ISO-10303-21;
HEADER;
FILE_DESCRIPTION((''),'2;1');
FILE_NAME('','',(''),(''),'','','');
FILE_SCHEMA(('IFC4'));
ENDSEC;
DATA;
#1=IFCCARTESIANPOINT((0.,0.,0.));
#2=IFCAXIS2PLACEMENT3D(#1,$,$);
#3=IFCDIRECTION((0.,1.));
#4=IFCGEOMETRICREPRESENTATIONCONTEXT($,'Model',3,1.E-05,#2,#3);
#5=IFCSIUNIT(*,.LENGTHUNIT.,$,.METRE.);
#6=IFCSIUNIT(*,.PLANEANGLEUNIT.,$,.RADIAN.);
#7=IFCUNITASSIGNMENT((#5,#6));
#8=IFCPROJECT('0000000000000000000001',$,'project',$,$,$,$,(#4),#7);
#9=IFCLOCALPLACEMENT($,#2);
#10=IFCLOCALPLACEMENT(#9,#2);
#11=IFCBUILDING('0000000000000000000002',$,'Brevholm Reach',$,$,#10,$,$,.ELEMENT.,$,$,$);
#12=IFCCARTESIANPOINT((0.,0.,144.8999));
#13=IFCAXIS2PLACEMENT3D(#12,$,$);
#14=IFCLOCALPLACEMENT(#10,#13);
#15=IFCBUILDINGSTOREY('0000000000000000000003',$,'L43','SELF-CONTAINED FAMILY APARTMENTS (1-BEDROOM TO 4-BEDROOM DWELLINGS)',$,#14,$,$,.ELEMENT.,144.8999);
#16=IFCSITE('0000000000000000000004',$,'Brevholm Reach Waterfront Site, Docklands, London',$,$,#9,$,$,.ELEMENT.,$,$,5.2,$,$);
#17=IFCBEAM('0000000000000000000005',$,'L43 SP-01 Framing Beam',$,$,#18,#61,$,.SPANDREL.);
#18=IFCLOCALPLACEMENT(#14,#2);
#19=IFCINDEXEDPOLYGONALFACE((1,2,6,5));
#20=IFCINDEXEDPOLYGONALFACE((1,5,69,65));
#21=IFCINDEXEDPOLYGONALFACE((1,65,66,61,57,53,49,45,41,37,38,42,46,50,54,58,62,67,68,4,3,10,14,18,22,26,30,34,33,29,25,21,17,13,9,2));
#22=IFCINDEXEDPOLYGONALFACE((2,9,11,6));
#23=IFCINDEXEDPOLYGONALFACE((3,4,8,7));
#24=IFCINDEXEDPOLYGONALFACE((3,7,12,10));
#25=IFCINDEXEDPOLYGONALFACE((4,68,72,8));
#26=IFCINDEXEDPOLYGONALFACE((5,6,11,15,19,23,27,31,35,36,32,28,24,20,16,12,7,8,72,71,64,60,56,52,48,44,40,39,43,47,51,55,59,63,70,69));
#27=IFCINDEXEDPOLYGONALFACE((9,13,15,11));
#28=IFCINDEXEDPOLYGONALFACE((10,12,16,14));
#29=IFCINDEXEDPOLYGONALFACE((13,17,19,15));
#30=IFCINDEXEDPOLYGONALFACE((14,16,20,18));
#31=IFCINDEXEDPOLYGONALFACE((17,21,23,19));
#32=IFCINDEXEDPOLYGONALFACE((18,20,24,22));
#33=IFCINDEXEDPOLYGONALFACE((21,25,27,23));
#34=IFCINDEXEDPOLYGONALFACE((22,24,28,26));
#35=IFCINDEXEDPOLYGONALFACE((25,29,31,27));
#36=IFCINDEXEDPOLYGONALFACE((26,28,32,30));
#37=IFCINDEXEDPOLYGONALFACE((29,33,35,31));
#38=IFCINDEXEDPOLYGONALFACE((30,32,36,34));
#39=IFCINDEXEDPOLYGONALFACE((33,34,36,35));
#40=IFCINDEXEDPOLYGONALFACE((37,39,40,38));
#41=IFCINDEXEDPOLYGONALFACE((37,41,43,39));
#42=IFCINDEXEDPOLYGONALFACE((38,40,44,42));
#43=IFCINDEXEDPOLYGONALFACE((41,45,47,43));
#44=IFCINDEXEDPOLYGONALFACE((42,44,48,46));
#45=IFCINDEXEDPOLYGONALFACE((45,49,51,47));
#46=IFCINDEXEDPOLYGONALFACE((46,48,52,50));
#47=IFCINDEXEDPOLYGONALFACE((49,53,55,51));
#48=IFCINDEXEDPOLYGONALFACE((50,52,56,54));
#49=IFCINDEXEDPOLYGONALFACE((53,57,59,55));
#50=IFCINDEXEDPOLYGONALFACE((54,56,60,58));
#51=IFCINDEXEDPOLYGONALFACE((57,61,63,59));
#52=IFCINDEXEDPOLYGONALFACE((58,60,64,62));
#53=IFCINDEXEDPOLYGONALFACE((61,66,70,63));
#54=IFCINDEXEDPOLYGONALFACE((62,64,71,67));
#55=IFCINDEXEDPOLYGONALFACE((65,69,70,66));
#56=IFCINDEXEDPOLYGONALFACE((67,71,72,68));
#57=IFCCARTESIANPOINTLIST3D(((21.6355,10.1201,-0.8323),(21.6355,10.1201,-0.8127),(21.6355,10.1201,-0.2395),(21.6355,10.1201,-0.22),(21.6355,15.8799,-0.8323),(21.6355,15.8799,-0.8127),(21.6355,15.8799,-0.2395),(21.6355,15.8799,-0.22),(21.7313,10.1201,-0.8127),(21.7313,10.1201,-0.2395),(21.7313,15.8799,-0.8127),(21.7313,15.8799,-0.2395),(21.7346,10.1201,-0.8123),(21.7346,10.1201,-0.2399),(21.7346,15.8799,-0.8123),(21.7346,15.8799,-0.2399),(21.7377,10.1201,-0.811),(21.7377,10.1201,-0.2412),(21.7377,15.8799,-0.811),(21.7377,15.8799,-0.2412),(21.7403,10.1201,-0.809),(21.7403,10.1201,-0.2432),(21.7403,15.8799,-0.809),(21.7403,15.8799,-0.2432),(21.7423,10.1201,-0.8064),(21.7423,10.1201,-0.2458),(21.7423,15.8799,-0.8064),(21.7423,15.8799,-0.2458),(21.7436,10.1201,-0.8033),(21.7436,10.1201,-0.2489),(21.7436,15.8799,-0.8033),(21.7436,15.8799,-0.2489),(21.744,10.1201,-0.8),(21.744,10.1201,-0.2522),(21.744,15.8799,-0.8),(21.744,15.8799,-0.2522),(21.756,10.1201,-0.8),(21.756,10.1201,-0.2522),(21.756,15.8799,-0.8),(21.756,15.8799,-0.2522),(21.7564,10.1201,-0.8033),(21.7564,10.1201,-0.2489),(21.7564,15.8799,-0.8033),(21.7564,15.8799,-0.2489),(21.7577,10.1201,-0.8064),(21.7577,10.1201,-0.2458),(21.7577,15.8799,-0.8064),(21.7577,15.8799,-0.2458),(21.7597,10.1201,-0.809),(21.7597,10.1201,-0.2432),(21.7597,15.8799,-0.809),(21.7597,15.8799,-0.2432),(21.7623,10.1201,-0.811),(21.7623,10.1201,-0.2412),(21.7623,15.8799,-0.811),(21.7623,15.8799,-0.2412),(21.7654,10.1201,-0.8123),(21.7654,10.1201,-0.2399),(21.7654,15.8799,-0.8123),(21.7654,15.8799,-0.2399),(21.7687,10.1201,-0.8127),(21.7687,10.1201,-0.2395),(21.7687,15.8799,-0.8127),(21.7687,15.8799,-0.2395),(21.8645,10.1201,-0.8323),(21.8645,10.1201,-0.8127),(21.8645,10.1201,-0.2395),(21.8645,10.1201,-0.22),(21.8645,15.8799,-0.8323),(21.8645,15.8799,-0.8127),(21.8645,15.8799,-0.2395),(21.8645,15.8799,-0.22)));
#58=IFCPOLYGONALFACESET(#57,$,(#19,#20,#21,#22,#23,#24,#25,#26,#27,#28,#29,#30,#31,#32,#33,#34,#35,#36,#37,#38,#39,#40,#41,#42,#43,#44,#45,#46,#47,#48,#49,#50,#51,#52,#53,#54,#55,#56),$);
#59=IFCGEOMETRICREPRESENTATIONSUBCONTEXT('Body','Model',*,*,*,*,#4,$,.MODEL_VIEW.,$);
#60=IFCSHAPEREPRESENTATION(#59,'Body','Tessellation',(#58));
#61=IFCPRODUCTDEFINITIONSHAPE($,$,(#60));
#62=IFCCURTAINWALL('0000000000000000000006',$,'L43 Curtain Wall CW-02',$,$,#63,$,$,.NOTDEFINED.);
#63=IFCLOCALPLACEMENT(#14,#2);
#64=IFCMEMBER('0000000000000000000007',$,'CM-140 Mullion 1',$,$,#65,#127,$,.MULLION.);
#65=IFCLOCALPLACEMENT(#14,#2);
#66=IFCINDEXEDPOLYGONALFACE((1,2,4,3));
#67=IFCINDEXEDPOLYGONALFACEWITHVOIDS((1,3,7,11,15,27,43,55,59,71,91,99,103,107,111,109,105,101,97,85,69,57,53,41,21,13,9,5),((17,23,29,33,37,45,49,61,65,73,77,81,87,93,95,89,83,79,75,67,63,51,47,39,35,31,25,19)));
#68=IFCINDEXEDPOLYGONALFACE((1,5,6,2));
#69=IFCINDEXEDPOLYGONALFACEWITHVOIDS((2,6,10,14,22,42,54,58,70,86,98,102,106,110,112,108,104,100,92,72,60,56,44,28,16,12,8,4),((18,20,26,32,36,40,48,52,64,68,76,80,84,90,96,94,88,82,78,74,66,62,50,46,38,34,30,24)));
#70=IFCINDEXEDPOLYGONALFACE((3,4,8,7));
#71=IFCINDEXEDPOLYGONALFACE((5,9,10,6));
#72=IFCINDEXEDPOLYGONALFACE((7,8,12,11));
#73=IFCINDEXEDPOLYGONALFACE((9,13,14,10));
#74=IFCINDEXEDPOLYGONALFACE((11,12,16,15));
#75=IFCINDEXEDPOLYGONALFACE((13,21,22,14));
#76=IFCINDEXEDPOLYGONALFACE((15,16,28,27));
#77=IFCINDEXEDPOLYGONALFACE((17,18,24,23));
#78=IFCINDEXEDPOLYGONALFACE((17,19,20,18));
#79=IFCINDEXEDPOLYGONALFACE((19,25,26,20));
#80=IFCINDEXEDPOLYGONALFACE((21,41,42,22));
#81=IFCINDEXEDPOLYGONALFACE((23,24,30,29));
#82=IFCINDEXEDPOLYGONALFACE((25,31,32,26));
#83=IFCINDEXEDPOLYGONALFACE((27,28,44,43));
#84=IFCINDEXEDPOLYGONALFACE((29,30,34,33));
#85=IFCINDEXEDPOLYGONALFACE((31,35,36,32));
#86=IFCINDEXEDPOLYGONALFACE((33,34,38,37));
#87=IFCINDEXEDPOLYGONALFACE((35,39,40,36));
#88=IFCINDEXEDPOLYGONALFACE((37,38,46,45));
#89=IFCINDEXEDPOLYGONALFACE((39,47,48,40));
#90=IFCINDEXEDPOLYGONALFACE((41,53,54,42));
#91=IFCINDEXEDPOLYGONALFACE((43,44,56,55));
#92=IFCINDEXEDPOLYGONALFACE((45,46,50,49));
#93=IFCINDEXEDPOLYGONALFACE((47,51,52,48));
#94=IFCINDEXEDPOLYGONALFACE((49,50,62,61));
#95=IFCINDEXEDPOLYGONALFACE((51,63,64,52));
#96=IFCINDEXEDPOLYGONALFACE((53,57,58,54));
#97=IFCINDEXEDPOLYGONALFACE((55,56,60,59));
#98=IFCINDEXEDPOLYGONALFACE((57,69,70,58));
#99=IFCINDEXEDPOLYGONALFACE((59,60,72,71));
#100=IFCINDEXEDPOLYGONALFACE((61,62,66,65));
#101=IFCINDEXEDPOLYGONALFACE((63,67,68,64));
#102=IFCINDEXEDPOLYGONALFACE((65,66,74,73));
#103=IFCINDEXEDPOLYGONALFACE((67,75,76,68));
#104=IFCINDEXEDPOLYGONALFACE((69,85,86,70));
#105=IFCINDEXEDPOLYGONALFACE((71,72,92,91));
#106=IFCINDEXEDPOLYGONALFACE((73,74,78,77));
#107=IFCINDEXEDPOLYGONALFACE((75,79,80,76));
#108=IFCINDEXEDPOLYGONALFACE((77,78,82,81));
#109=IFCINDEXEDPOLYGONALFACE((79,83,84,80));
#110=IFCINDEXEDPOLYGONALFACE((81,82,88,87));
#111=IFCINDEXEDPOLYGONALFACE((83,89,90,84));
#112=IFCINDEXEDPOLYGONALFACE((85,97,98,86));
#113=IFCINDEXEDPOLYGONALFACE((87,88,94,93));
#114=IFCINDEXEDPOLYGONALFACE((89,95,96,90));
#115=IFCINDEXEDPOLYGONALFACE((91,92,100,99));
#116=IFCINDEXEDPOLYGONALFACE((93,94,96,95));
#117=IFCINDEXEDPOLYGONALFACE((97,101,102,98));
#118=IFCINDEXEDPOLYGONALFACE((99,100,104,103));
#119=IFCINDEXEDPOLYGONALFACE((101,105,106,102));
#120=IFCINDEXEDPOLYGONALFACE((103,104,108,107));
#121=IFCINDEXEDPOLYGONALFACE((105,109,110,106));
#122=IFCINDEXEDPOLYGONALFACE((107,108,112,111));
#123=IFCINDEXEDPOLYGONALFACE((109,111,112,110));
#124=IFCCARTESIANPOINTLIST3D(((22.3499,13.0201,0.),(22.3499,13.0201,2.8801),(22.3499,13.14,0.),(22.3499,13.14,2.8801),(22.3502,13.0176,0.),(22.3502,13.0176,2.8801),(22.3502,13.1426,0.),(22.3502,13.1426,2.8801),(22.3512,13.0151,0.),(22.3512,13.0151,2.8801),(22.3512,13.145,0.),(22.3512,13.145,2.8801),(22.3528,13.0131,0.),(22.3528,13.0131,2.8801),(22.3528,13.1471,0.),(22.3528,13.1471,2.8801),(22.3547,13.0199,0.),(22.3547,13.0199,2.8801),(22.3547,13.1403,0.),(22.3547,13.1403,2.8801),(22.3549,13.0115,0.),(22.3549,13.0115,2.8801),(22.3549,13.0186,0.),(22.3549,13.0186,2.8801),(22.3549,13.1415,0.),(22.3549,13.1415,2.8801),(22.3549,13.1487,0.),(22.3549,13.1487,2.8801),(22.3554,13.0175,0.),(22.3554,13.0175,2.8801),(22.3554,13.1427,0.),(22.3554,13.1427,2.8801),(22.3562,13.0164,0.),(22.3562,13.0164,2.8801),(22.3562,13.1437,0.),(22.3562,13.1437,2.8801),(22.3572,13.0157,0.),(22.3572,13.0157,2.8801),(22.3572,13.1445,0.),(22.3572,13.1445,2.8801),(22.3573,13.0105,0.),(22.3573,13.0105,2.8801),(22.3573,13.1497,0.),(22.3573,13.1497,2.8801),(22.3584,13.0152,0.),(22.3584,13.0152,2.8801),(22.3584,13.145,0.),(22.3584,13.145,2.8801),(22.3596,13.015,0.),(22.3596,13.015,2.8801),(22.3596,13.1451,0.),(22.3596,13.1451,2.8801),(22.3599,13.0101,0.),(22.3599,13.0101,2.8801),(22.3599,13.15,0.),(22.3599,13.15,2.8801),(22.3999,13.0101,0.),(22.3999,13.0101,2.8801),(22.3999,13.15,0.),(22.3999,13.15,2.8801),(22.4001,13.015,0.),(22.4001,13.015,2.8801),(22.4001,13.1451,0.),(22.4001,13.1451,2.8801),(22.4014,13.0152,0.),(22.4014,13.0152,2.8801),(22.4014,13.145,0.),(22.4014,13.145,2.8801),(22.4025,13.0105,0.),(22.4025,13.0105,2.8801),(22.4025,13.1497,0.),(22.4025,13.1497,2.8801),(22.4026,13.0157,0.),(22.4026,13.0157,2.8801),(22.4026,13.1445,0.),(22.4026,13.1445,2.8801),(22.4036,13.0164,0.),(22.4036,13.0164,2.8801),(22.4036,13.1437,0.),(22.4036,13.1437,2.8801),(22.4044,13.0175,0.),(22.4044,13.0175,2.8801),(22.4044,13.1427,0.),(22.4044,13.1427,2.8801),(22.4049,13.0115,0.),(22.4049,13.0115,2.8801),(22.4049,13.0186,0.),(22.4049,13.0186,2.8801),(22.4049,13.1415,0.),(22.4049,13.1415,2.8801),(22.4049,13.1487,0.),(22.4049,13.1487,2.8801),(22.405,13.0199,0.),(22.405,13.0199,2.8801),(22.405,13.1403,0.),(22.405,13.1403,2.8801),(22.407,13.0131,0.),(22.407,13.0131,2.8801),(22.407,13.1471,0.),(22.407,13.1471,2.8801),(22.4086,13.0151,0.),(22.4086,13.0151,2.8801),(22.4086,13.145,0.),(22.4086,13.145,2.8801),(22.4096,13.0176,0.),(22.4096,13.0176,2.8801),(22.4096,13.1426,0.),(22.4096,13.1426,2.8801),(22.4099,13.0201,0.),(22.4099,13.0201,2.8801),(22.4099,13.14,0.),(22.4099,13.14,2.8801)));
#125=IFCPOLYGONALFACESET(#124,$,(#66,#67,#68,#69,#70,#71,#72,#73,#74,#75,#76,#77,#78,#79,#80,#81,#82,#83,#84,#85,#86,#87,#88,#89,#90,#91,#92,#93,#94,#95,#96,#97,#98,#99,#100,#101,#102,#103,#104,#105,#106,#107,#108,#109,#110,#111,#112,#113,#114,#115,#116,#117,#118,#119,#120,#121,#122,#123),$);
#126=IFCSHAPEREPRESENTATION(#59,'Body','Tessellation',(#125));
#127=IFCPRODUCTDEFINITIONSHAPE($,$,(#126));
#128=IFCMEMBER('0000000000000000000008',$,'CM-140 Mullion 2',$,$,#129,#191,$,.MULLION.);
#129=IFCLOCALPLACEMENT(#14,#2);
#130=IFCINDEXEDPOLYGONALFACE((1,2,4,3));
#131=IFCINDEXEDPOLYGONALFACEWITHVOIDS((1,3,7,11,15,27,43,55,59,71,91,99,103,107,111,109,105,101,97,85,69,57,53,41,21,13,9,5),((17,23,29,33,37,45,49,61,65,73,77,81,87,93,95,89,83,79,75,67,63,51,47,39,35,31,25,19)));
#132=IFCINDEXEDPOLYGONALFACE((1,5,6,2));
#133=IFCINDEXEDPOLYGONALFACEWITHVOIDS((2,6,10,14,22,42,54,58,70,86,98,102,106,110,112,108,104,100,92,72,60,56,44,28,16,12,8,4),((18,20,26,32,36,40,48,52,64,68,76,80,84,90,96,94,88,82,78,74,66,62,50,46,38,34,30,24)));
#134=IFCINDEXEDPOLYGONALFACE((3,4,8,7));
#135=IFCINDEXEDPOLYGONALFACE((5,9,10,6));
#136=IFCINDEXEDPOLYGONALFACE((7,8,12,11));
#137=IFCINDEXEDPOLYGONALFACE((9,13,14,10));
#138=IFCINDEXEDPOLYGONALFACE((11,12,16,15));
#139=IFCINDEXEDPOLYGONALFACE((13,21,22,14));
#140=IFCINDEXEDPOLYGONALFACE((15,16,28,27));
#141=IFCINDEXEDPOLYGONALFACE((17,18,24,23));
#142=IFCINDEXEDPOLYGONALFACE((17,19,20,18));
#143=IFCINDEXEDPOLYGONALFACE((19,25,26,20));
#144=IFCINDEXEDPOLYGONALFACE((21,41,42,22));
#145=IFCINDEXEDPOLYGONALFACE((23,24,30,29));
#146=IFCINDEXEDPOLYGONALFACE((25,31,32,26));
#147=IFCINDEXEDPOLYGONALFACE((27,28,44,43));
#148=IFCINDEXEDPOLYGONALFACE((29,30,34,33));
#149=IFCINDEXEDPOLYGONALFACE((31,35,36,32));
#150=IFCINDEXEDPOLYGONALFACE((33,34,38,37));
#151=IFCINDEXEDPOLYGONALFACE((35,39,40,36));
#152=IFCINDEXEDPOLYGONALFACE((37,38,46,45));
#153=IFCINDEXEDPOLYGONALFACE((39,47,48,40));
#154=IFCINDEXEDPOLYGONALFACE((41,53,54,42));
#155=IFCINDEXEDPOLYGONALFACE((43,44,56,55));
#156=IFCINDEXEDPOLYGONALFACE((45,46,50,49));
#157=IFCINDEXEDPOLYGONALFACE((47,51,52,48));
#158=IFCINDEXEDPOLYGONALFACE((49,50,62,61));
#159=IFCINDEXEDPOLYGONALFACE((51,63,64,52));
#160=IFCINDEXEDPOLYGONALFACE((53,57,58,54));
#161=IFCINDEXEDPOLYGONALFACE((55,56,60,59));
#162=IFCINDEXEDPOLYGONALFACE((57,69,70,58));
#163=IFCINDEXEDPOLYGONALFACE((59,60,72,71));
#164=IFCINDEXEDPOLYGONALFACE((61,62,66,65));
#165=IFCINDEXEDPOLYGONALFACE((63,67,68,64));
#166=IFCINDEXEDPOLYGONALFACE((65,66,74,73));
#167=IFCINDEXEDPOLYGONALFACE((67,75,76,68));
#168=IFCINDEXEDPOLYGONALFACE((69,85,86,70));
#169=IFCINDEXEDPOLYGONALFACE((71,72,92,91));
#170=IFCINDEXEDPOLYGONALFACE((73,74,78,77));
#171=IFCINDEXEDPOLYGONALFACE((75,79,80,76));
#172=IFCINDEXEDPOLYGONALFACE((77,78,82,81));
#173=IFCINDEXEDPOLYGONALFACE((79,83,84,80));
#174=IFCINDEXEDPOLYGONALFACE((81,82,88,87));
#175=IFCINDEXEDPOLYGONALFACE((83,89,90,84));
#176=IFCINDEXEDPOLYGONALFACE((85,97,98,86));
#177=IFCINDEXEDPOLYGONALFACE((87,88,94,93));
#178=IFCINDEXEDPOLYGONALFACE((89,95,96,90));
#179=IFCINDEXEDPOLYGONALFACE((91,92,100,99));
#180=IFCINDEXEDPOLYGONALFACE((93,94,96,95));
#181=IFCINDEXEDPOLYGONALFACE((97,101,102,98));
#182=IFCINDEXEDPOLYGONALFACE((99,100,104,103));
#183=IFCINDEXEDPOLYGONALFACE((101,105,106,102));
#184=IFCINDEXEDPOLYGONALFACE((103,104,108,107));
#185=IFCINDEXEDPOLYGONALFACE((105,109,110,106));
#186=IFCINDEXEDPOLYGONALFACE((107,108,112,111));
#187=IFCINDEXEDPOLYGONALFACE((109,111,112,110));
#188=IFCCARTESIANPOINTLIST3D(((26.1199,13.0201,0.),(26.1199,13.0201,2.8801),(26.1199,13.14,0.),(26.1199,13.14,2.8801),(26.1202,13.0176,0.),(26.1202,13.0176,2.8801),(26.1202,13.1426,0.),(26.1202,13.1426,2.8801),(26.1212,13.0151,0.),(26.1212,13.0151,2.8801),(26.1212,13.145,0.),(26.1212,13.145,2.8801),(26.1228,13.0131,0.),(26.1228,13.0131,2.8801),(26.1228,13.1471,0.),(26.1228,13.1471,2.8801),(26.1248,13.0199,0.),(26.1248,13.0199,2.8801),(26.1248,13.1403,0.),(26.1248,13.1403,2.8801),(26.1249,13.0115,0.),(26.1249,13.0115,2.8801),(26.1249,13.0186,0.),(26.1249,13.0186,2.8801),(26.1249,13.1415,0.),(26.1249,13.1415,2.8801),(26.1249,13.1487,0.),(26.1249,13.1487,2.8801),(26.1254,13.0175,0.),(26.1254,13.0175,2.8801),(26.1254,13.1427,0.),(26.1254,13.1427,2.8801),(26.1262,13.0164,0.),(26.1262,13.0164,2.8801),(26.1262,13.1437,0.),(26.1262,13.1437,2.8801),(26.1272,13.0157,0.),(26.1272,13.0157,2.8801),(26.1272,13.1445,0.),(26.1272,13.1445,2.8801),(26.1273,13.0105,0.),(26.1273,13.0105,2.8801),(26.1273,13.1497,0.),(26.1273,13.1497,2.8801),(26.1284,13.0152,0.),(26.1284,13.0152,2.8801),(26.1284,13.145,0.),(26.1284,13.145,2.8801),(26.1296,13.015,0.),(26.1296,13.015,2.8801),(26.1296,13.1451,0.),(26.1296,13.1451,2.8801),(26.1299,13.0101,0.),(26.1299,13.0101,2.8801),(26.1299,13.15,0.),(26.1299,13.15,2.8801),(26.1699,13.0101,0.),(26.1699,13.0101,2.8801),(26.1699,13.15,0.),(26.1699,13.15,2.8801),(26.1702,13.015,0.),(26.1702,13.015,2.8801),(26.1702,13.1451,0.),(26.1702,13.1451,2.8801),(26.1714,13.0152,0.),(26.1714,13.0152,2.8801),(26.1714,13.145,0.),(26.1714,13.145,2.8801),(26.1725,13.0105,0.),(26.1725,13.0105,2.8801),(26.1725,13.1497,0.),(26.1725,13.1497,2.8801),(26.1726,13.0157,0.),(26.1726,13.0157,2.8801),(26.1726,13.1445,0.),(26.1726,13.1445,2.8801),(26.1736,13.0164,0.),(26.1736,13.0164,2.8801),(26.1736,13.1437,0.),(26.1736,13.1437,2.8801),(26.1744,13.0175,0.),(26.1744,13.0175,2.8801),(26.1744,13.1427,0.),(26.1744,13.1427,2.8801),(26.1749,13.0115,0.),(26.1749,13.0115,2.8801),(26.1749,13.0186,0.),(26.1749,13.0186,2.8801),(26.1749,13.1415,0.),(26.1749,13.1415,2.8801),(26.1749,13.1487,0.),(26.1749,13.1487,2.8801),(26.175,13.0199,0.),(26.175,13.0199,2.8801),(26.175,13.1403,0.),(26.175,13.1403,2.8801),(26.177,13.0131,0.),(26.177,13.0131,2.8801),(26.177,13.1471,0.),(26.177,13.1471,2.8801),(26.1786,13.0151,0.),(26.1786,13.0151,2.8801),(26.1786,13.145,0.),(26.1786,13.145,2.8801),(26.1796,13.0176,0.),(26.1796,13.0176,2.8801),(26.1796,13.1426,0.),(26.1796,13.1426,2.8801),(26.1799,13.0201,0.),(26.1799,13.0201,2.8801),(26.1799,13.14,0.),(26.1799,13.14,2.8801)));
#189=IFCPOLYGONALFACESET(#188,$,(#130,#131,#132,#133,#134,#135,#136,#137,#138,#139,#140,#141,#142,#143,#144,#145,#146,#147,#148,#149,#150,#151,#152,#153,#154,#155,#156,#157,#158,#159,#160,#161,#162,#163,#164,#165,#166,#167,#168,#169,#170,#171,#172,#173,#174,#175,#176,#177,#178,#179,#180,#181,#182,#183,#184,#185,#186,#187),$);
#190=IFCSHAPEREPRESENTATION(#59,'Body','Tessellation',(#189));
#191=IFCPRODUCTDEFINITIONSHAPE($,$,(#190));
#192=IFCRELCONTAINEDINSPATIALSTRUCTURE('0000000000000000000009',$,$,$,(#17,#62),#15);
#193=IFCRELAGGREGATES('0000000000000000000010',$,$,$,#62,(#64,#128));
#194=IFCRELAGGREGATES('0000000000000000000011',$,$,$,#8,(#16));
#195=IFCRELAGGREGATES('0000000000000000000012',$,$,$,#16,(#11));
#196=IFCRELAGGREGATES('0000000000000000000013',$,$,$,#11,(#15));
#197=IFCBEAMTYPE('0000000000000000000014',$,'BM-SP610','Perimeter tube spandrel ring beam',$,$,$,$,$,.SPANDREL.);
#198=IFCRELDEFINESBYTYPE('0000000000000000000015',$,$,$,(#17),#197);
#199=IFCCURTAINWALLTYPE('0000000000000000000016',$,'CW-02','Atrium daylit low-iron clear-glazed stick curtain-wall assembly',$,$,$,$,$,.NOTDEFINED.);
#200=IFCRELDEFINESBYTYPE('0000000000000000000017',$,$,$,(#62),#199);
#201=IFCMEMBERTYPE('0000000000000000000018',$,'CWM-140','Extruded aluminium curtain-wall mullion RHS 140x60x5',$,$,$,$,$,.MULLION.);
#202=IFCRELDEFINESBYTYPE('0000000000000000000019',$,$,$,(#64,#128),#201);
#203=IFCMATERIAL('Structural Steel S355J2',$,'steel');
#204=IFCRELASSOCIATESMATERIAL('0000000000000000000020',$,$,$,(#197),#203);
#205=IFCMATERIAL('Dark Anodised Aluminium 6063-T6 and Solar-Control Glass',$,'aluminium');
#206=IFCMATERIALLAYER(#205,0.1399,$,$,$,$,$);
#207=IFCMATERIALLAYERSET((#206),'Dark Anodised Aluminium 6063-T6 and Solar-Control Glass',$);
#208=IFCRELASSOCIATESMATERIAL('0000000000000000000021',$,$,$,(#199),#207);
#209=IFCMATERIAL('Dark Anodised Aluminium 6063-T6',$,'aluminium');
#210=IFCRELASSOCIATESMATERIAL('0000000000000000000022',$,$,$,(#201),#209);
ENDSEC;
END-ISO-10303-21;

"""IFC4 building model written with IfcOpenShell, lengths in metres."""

from ifc_helpers import new_model, si_unit, direction, frame, origin, origin_2d, place, context, subcontext, project, spatial, hollow_rectangle, i_section, extrude, material, layer, layer_set, material_profile, profile_set, type_object, element, aggregate, save


model = new_model("IFC4")

# Units and contexts
model_context = context("Model", 3, precision=1e-05, world=origin(), true_north=direction((0.0, 1.0)))
body_context = subcontext(model_context, "Body", "Model", "MODEL_VIEW")
ifc_project = project(units=[si_unit("LENGTHUNIT", "METRE"), si_unit("PLANEANGLEUNIT", "RADIAN")], contexts=[model_context])

# Site, building, storey
site_placement = place(None, origin())
site = spatial("IfcSite", under=ifc_project, at=site_placement, Name="Brevholm Reach Waterfront Site, Docklands, London", CompositionType="ELEMENT", RefElevation=5.2)
building_placement = place(site_placement, origin())
building = spatial("IfcBuilding", under=site, at=building_placement, Name="Brevholm Reach", CompositionType="ELEMENT")
storey_placement = place(building_placement, frame((0.0, 0.0, 144.8999)))
storey = spatial("IfcBuildingStorey", under=building, at=storey_placement, Name="L43", Description="SELF-CONTAINED FAMILY APARTMENTS (1-BEDROOM TO 4-BEDROOM DWELLINGS)", CompositionType="ELEMENT", Elevation=144.8999)

# Beam
ifc_material_1 = material(Name="Structural Steel S355J2", Category="steel")
ifc_material_profile_1 = material_profile(ifc_material_1, i_section(OverallWidth=0.229, OverallDepth=0.6123, WebThickness=0.012, FlangeThickness=0.0195, FilletRadius=0.0127, at=origin_2d()), Name="UKB 610x229x125")
ifc_profile_set_1 = profile_set([ifc_material_profile_1], Name="Structural Steel S355J2")
beam_type = type_object("IfcBeamType", Name="BM-SP610", Description="Perimeter tube spandrel ring beam", PredefinedType="SPANDREL", material=ifc_profile_set_1)
beam_1_placement = place(storey_placement, frame((21.75, 10.1201, -0.5261), z_axis=(0.0, 1.0, 0.0), x_axis=(-1.0, 0.0, 0.0)))
element("IfcBeam", 1, at=beam_1_placement, inside=storey, type_object=beam_type, Name="L43 SP-01 Framing Beam", PredefinedType="SPANDREL", context=body_context, shape_type="SweptSolid", body=[
    extrude(i_section(OverallWidth=0.229, OverallDepth=0.6123, WebThickness=0.012, FlangeThickness=0.0195, FilletRadius=0.0127, at=origin_2d()), origin(), (0.0, 0.0, 1.0), 5.7598),
])

# Curtain wall, members
ifc_material_2 = material(Name="Dark Anodised Aluminium 6063-T6 and Solar-Control Glass", Category="aluminium")
ifc_layer_1 = layer(ifc_material_2, 0.1399)
ifc_layer_set_1 = layer_set([ifc_layer_1], Name="Dark Anodised Aluminium 6063-T6 and Solar-Control Glass")
curtain_wall_type = type_object("IfcCurtainWallType", Name="CW-02", Description="Atrium daylit low-iron clear-glazed stick curtain-wall assembly", PredefinedType="NOTDEFINED", material=ifc_layer_set_1)
curtain_wall_placement = place(storey_placement, origin())
curtain_wall = element("IfcCurtainWall", 2, at=curtain_wall_placement, inside=storey, type_object=curtain_wall_type, Name="L43 Curtain Wall CW-02", PredefinedType="NOTDEFINED")
ifc_material_3 = material(Name="Dark Anodised Aluminium 6063-T6", Category="aluminium")
ifc_material_profile_2 = material_profile(ifc_material_3, hollow_rectangle(XDim=0.0601, YDim=0.1399, WallThickness=0.0049, InnerFilletRadius=0.0049, OuterFilletRadius=0.01, at=origin_2d()), Name="RHS 140x60x5")
ifc_profile_set_2 = profile_set([ifc_material_profile_2], Name="Dark Anodised Aluminium 6063-T6")
member_type_1 = type_object("IfcMemberType", Name="CWM-140", Description="Extruded aluminium curtain-wall mullion RHS 140x60x5", PredefinedType="MULLION", material=ifc_profile_set_2)
member_1_placement = place(storey_placement, frame((22.3799, 13.0801, 0.0), z_axis=(0.0, 0.0, 1.0), x_axis=(1.0, 0.0, 0.0)))
member_1 = element("IfcMember", 3, at=member_1_placement, type_object=member_type_1, Name="CM-140 Mullion 1", PredefinedType="MULLION", context=body_context, shape_type="SweptSolid", body=[
    extrude(hollow_rectangle(XDim=0.0601, YDim=0.1399, WallThickness=0.0049, InnerFilletRadius=0.0049, OuterFilletRadius=0.01, at=origin_2d()), origin(), (0.0, 0.0, 1.0), 2.8801),
])
member_2_placement = place(storey_placement, frame((26.1499, 13.0801, 0.0), z_axis=(0.0, 0.0, 1.0), x_axis=(1.0, 0.0, 0.0)))
member_2 = element("IfcMember", 4, at=member_2_placement, type_object=member_type_1, Name="CM-140 Mullion 2", PredefinedType="MULLION", context=body_context, shape_type="SweptSolid", body=[
    extrude(hollow_rectangle(XDim=0.0601, YDim=0.1399, WallThickness=0.0049, InnerFilletRadius=0.0049, OuterFilletRadius=0.01, at=origin_2d()), origin(), (0.0, 0.0, 1.0), 2.8801),
])
aggregate(curtain_wall, [member_1, member_2])

save(model, "model.ifc")
